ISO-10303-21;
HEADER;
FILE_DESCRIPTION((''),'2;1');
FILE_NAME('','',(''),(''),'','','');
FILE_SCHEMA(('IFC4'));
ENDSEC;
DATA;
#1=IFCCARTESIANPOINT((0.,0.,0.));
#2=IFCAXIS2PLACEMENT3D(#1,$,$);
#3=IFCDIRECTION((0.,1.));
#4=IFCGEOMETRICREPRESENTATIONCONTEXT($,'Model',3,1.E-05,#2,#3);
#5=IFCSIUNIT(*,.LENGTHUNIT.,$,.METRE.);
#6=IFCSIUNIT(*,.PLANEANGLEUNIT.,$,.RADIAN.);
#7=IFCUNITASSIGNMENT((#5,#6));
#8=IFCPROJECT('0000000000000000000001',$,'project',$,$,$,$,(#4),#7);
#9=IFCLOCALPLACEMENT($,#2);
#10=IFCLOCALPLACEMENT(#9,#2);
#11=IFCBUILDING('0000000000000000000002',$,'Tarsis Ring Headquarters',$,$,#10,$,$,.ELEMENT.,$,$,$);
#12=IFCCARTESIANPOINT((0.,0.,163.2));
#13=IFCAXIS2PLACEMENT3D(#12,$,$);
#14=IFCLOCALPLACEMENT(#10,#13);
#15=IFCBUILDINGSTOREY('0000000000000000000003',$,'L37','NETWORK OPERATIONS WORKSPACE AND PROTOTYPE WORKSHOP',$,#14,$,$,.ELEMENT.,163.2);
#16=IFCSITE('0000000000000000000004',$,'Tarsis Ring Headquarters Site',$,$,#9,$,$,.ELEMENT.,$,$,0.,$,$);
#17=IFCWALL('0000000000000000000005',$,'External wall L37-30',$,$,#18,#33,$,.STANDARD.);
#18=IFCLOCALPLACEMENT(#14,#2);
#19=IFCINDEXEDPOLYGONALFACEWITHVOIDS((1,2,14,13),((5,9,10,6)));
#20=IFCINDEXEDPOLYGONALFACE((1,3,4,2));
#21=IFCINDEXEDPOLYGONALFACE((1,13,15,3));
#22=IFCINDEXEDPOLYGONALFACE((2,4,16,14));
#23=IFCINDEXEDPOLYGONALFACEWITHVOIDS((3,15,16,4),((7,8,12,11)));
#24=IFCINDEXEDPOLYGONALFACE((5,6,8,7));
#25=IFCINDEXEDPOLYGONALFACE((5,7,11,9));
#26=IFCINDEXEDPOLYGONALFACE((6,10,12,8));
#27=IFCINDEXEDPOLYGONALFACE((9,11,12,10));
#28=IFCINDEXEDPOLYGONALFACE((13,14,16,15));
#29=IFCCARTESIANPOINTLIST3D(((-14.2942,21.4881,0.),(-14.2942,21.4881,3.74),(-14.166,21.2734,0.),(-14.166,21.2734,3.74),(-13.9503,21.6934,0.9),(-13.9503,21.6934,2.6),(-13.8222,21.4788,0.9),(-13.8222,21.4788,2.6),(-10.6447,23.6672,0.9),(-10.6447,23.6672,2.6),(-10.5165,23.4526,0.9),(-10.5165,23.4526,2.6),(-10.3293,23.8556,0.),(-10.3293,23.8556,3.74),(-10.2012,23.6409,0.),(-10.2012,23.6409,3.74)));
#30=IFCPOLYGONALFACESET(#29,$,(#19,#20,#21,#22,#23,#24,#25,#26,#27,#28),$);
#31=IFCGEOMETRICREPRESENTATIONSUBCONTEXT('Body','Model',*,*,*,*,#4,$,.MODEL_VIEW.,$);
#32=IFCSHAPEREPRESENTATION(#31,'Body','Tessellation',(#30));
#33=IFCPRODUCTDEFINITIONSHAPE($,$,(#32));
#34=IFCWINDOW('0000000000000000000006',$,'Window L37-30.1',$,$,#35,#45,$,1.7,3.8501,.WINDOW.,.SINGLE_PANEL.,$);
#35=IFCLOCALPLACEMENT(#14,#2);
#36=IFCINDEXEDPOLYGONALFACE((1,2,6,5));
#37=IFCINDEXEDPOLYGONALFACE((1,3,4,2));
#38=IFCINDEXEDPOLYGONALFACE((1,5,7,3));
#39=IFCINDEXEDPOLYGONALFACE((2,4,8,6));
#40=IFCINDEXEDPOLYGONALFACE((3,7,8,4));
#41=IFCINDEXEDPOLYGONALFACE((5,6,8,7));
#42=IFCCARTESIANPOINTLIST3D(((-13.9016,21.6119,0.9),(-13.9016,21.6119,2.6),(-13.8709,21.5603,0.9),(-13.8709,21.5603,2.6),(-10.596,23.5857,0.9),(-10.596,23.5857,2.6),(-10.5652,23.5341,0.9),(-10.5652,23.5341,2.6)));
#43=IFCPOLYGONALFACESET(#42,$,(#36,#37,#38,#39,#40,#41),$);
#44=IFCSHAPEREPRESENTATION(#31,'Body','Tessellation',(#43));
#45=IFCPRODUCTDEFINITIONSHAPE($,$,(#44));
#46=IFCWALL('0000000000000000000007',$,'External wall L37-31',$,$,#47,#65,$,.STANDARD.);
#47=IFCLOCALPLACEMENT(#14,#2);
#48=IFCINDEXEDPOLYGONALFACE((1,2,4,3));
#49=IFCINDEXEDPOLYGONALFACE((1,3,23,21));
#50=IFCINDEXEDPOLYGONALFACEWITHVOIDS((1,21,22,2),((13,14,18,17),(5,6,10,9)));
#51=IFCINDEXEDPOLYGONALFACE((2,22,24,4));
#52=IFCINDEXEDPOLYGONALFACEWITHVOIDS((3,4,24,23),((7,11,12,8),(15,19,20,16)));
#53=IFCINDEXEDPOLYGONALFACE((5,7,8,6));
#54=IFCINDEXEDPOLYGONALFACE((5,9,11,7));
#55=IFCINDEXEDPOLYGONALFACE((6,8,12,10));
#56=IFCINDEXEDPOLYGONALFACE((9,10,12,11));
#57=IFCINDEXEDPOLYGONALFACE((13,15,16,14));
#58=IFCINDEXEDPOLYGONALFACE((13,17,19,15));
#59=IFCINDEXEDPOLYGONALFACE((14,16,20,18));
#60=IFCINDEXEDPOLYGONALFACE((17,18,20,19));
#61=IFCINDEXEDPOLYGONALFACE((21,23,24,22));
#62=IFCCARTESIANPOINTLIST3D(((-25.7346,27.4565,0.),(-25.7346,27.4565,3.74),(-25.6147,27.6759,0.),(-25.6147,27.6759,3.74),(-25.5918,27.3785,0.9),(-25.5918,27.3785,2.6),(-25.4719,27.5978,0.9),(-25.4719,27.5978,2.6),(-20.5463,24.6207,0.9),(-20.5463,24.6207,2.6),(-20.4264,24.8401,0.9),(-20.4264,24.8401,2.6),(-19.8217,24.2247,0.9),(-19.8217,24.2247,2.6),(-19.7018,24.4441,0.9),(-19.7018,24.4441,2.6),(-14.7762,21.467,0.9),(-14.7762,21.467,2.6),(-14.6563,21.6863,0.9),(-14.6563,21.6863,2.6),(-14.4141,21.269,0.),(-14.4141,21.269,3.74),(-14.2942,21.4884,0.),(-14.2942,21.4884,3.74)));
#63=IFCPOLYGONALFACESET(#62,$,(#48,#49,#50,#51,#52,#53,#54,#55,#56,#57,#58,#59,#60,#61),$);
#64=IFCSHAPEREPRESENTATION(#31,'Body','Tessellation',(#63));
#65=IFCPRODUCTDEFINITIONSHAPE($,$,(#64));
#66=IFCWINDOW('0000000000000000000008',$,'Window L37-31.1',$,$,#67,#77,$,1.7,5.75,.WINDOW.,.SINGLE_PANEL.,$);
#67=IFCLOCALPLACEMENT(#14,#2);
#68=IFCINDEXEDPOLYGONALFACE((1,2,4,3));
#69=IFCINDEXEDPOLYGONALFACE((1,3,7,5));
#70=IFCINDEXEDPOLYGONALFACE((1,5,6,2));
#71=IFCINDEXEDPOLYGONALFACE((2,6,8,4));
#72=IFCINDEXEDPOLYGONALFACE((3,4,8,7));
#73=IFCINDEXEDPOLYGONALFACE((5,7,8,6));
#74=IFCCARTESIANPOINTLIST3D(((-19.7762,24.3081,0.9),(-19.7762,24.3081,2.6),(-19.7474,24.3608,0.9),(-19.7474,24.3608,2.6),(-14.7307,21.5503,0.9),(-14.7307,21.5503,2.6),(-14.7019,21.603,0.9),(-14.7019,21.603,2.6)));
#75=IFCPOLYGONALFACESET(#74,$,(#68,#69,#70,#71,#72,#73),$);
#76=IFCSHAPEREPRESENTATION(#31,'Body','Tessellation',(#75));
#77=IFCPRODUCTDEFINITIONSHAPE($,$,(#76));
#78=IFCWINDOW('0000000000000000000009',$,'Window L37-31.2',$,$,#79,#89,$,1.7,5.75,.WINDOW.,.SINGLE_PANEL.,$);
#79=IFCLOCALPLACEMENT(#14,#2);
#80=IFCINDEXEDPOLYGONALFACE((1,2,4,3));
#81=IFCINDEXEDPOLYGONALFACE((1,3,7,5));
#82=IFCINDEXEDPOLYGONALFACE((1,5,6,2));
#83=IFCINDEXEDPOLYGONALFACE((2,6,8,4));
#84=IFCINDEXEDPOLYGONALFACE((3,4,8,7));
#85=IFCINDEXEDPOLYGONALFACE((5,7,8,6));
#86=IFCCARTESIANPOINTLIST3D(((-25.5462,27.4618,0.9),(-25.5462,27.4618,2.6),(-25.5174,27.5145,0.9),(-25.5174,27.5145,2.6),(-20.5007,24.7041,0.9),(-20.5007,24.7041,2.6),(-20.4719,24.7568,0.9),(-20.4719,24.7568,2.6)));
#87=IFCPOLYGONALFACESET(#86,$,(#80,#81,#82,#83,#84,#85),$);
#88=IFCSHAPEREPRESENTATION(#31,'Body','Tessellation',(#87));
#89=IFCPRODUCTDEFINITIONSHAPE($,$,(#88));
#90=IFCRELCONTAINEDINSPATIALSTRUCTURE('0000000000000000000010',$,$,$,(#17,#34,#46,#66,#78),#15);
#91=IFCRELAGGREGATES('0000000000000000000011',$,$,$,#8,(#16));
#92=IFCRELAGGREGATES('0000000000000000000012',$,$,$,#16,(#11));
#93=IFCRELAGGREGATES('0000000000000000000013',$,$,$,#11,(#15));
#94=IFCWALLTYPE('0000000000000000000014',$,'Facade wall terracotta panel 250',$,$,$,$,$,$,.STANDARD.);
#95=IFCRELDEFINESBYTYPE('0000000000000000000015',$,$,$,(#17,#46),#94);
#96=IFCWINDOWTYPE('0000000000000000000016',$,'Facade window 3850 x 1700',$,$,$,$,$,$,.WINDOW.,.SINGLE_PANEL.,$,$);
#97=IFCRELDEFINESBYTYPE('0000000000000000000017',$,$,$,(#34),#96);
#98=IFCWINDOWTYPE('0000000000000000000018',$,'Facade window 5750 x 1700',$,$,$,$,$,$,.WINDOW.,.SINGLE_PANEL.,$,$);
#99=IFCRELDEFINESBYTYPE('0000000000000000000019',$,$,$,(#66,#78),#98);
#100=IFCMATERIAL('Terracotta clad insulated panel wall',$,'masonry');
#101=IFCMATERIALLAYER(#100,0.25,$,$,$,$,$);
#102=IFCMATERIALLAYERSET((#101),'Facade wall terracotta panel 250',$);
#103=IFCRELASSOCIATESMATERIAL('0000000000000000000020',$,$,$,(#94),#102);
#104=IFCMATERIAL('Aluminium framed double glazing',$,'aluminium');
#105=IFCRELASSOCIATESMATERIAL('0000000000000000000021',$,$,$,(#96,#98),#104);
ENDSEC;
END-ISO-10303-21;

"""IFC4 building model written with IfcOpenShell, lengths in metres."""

from ifc_helpers import new_model, si_unit, direction, frame, frame_2d, origin, place, context, subcontext, project, spatial, rectangle, extrude, material, layer, layer_set, type_object, element, fill, save


model = new_model("IFC4")

# Units and contexts
model_context = context("Model", 3, precision=1e-05, world=origin(), true_north=direction((0.0, 1.0)))
body_context = subcontext(model_context, "Body", "Model", "MODEL_VIEW")
ifc_project = project(units=[si_unit("LENGTHUNIT", "METRE"), si_unit("PLANEANGLEUNIT", "RADIAN")], contexts=[model_context])

# Site, building, storey
site_placement = place(None, origin())
site = spatial("IfcSite", under=ifc_project, at=site_placement, Name="Tarsis Ring Headquarters Site", CompositionType="ELEMENT", RefElevation=0.0)
building_placement = place(site_placement, origin())
building = spatial("IfcBuilding", under=site, at=building_placement, Name="Tarsis Ring Headquarters", CompositionType="ELEMENT")
storey_placement = place(building_placement, frame((0.0, 0.0, 163.2)))
storey = spatial("IfcBuildingStorey", under=building, at=storey_placement, Name="L37", Description="NETWORK OPERATIONS WORKSPACE AND PROTOTYPE WORKSHOP", CompositionType="ELEMENT", Elevation=163.2)

# Wall, opening, window
ifc_material_1 = material(Name="Terracotta clad insulated panel wall", Category="masonry")
ifc_layer_1 = layer(ifc_material_1, 0.25)
ifc_layer_set_1 = layer_set([ifc_layer_1], Name="Facade wall terracotta panel 250")
wall_type_1 = type_object("IfcWallType", Name="Facade wall terracotta panel 250", PredefinedType="STANDARD", material=ifc_layer_set_1)
wall_1_placement = place(storey_placement, frame((-10.2651, 23.7483, 0.0), z_axis=(0.0, 0.0, 1.0), x_axis=(-0.858587, -0.512668, 0.0)))
wall_1 = element("IfcWall", 1, at=wall_1_placement, inside=storey, type_object=wall_type_1, Name="External wall L37-30", PredefinedType="STANDARD", context=body_context, shape_type="SweptSolid", body=[
    extrude(rectangle(XDim=4.6179, YDim=0.25, at=frame_2d((2.3091, 0.0))), origin(), (0.0, 0.0, 1.0), 3.74),
])
opening_1_placement = place(wall_1_placement, frame((0.3674, 0.0, 0.8999)))
opening_1 = element("IfcOpeningElement", 2, at=opening_1_placement, cuts=wall_1, PredefinedType="OPENING", context=body_context, shape_type="SweptSolid", body=[
    extrude(rectangle(XDim=3.8501, YDim=1.7, at=frame_2d((1.925, 0.8501))), frame((0.0, 0.135, 0.0), z_axis=(0.0, -1.0, 0.0), x_axis=(1.0, 0.0, 0.0)), (0.0, 0.0, 1.0), 0.27),
])
ifc_material_2 = material(Name="Aluminium framed double glazing", Category="aluminium")
window_type_1 = type_object("IfcWindowType", Name="Facade window 3850 x 1700", PartitioningType="SINGLE_PANEL", PredefinedType="WINDOW", material=ifc_material_2)
window_1_placement = place(opening_1_placement, origin())
window_1 = element("IfcWindow", 3, at=window_1_placement, inside=storey, type_object=window_type_1, Name="Window L37-30.1", OverallHeight=1.7, OverallWidth=3.8501, PartitioningType="SINGLE_PANEL", PredefinedType="WINDOW", context=body_context, shape_type="SweptSolid", body=[
    extrude(rectangle(XDim=3.8501, YDim=1.7, at=frame_2d((1.925, 0.8501))), frame((0.0, 0.03, 0.0), z_axis=(0.0, -1.0, 0.0), x_axis=(1.0, 0.0, 0.0)), (0.0, 0.0, 1.0), 0.0601),
])
fill(opening_1, window_1)

# Wall, openings, windows
wall_2_placement = place(storey_placement, frame((-14.354, 21.3787, 0.0), z_axis=(0.0, 0.0, 1.0), x_axis=(-0.877483, 0.479608, 0.0)))
wall_2 = element("IfcWall", 4, at=wall_2_placement, inside=storey, type_object=wall_type_1, Name="External wall L37-31", PredefinedType="STANDARD", context=body_context, shape_type="SweptSolid", body=[
    extrude(rectangle(XDim=12.9011, YDim=0.25, at=frame_2d((6.4507, 0.0))), origin(), (0.0, 0.0, 1.0), 3.74),
])
opening_2_placement = place(wall_2_placement, frame((0.4128, 0.0, 0.8999)))
opening_2 = element("IfcOpeningElement", 5, at=opening_2_placement, cuts=wall_2, PredefinedType="OPENING", context=body_context, shape_type="SweptSolid", body=[
    extrude(rectangle(XDim=5.75, YDim=1.7, at=frame_2d((2.875, 0.8501))), frame((0.0, 0.135, 0.0), z_axis=(0.0, -1.0, 0.0), x_axis=(1.0, 0.0, 0.0)), (0.0, 0.0, 1.0), 0.27),
])
opening_3_placement = place(wall_2_placement, frame((6.9885, 0.0, 0.8999)))
opening_3 = element("IfcOpeningElement", 6, at=opening_3_placement, cuts=wall_2, PredefinedType="OPENING", context=body_context, shape_type="SweptSolid", body=[
    extrude(rectangle(XDim=5.75, YDim=1.7, at=frame_2d((2.875, 0.8501))), frame((0.0, 0.135, 0.0), z_axis=(0.0, -1.0, 0.0), x_axis=(1.0, 0.0, 0.0)), (0.0, 0.0, 1.0), 0.27),
])
window_type_2 = type_object("IfcWindowType", Name="Facade window 5750 x 1700", PartitioningType="SINGLE_PANEL", PredefinedType="WINDOW", material=ifc_material_2)
window_2_placement = place(opening_2_placement, origin())
window_2 = element("IfcWindow", 7, at=window_2_placement, inside=storey, type_object=window_type_2, Name="Window L37-31.1", OverallHeight=1.7, OverallWidth=5.75, PartitioningType="SINGLE_PANEL", PredefinedType="WINDOW", context=body_context, shape_type="SweptSolid", body=[
    extrude(rectangle(XDim=5.75, YDim=1.7, at=frame_2d((2.875, 0.8501))), frame((0.0, 0.03, 0.0), z_axis=(0.0, -1.0, 0.0), x_axis=(1.0, 0.0, 0.0)), (0.0, 0.0, 1.0), 0.0601),
])
fill(opening_2, window_2)
window_3_placement = place(opening_3_placement, origin())
window_3 = element("IfcWindow", 8, at=window_3_placement, inside=storey, type_object=window_type_2, Name="Window L37-31.2", OverallHeight=1.7, OverallWidth=5.75, PartitioningType="SINGLE_PANEL", PredefinedType="WINDOW", context=body_context, shape_type="SweptSolid", body=[
    extrude(rectangle(XDim=5.75, YDim=1.7, at=frame_2d((2.875, 0.8501))), frame((0.0, 0.03, 0.0), z_axis=(0.0, -1.0, 0.0), x_axis=(1.0, 0.0, 0.0)), (0.0, 0.0, 1.0), 0.0601),
])
fill(opening_3, window_3)

save(model, "model.ifc")
